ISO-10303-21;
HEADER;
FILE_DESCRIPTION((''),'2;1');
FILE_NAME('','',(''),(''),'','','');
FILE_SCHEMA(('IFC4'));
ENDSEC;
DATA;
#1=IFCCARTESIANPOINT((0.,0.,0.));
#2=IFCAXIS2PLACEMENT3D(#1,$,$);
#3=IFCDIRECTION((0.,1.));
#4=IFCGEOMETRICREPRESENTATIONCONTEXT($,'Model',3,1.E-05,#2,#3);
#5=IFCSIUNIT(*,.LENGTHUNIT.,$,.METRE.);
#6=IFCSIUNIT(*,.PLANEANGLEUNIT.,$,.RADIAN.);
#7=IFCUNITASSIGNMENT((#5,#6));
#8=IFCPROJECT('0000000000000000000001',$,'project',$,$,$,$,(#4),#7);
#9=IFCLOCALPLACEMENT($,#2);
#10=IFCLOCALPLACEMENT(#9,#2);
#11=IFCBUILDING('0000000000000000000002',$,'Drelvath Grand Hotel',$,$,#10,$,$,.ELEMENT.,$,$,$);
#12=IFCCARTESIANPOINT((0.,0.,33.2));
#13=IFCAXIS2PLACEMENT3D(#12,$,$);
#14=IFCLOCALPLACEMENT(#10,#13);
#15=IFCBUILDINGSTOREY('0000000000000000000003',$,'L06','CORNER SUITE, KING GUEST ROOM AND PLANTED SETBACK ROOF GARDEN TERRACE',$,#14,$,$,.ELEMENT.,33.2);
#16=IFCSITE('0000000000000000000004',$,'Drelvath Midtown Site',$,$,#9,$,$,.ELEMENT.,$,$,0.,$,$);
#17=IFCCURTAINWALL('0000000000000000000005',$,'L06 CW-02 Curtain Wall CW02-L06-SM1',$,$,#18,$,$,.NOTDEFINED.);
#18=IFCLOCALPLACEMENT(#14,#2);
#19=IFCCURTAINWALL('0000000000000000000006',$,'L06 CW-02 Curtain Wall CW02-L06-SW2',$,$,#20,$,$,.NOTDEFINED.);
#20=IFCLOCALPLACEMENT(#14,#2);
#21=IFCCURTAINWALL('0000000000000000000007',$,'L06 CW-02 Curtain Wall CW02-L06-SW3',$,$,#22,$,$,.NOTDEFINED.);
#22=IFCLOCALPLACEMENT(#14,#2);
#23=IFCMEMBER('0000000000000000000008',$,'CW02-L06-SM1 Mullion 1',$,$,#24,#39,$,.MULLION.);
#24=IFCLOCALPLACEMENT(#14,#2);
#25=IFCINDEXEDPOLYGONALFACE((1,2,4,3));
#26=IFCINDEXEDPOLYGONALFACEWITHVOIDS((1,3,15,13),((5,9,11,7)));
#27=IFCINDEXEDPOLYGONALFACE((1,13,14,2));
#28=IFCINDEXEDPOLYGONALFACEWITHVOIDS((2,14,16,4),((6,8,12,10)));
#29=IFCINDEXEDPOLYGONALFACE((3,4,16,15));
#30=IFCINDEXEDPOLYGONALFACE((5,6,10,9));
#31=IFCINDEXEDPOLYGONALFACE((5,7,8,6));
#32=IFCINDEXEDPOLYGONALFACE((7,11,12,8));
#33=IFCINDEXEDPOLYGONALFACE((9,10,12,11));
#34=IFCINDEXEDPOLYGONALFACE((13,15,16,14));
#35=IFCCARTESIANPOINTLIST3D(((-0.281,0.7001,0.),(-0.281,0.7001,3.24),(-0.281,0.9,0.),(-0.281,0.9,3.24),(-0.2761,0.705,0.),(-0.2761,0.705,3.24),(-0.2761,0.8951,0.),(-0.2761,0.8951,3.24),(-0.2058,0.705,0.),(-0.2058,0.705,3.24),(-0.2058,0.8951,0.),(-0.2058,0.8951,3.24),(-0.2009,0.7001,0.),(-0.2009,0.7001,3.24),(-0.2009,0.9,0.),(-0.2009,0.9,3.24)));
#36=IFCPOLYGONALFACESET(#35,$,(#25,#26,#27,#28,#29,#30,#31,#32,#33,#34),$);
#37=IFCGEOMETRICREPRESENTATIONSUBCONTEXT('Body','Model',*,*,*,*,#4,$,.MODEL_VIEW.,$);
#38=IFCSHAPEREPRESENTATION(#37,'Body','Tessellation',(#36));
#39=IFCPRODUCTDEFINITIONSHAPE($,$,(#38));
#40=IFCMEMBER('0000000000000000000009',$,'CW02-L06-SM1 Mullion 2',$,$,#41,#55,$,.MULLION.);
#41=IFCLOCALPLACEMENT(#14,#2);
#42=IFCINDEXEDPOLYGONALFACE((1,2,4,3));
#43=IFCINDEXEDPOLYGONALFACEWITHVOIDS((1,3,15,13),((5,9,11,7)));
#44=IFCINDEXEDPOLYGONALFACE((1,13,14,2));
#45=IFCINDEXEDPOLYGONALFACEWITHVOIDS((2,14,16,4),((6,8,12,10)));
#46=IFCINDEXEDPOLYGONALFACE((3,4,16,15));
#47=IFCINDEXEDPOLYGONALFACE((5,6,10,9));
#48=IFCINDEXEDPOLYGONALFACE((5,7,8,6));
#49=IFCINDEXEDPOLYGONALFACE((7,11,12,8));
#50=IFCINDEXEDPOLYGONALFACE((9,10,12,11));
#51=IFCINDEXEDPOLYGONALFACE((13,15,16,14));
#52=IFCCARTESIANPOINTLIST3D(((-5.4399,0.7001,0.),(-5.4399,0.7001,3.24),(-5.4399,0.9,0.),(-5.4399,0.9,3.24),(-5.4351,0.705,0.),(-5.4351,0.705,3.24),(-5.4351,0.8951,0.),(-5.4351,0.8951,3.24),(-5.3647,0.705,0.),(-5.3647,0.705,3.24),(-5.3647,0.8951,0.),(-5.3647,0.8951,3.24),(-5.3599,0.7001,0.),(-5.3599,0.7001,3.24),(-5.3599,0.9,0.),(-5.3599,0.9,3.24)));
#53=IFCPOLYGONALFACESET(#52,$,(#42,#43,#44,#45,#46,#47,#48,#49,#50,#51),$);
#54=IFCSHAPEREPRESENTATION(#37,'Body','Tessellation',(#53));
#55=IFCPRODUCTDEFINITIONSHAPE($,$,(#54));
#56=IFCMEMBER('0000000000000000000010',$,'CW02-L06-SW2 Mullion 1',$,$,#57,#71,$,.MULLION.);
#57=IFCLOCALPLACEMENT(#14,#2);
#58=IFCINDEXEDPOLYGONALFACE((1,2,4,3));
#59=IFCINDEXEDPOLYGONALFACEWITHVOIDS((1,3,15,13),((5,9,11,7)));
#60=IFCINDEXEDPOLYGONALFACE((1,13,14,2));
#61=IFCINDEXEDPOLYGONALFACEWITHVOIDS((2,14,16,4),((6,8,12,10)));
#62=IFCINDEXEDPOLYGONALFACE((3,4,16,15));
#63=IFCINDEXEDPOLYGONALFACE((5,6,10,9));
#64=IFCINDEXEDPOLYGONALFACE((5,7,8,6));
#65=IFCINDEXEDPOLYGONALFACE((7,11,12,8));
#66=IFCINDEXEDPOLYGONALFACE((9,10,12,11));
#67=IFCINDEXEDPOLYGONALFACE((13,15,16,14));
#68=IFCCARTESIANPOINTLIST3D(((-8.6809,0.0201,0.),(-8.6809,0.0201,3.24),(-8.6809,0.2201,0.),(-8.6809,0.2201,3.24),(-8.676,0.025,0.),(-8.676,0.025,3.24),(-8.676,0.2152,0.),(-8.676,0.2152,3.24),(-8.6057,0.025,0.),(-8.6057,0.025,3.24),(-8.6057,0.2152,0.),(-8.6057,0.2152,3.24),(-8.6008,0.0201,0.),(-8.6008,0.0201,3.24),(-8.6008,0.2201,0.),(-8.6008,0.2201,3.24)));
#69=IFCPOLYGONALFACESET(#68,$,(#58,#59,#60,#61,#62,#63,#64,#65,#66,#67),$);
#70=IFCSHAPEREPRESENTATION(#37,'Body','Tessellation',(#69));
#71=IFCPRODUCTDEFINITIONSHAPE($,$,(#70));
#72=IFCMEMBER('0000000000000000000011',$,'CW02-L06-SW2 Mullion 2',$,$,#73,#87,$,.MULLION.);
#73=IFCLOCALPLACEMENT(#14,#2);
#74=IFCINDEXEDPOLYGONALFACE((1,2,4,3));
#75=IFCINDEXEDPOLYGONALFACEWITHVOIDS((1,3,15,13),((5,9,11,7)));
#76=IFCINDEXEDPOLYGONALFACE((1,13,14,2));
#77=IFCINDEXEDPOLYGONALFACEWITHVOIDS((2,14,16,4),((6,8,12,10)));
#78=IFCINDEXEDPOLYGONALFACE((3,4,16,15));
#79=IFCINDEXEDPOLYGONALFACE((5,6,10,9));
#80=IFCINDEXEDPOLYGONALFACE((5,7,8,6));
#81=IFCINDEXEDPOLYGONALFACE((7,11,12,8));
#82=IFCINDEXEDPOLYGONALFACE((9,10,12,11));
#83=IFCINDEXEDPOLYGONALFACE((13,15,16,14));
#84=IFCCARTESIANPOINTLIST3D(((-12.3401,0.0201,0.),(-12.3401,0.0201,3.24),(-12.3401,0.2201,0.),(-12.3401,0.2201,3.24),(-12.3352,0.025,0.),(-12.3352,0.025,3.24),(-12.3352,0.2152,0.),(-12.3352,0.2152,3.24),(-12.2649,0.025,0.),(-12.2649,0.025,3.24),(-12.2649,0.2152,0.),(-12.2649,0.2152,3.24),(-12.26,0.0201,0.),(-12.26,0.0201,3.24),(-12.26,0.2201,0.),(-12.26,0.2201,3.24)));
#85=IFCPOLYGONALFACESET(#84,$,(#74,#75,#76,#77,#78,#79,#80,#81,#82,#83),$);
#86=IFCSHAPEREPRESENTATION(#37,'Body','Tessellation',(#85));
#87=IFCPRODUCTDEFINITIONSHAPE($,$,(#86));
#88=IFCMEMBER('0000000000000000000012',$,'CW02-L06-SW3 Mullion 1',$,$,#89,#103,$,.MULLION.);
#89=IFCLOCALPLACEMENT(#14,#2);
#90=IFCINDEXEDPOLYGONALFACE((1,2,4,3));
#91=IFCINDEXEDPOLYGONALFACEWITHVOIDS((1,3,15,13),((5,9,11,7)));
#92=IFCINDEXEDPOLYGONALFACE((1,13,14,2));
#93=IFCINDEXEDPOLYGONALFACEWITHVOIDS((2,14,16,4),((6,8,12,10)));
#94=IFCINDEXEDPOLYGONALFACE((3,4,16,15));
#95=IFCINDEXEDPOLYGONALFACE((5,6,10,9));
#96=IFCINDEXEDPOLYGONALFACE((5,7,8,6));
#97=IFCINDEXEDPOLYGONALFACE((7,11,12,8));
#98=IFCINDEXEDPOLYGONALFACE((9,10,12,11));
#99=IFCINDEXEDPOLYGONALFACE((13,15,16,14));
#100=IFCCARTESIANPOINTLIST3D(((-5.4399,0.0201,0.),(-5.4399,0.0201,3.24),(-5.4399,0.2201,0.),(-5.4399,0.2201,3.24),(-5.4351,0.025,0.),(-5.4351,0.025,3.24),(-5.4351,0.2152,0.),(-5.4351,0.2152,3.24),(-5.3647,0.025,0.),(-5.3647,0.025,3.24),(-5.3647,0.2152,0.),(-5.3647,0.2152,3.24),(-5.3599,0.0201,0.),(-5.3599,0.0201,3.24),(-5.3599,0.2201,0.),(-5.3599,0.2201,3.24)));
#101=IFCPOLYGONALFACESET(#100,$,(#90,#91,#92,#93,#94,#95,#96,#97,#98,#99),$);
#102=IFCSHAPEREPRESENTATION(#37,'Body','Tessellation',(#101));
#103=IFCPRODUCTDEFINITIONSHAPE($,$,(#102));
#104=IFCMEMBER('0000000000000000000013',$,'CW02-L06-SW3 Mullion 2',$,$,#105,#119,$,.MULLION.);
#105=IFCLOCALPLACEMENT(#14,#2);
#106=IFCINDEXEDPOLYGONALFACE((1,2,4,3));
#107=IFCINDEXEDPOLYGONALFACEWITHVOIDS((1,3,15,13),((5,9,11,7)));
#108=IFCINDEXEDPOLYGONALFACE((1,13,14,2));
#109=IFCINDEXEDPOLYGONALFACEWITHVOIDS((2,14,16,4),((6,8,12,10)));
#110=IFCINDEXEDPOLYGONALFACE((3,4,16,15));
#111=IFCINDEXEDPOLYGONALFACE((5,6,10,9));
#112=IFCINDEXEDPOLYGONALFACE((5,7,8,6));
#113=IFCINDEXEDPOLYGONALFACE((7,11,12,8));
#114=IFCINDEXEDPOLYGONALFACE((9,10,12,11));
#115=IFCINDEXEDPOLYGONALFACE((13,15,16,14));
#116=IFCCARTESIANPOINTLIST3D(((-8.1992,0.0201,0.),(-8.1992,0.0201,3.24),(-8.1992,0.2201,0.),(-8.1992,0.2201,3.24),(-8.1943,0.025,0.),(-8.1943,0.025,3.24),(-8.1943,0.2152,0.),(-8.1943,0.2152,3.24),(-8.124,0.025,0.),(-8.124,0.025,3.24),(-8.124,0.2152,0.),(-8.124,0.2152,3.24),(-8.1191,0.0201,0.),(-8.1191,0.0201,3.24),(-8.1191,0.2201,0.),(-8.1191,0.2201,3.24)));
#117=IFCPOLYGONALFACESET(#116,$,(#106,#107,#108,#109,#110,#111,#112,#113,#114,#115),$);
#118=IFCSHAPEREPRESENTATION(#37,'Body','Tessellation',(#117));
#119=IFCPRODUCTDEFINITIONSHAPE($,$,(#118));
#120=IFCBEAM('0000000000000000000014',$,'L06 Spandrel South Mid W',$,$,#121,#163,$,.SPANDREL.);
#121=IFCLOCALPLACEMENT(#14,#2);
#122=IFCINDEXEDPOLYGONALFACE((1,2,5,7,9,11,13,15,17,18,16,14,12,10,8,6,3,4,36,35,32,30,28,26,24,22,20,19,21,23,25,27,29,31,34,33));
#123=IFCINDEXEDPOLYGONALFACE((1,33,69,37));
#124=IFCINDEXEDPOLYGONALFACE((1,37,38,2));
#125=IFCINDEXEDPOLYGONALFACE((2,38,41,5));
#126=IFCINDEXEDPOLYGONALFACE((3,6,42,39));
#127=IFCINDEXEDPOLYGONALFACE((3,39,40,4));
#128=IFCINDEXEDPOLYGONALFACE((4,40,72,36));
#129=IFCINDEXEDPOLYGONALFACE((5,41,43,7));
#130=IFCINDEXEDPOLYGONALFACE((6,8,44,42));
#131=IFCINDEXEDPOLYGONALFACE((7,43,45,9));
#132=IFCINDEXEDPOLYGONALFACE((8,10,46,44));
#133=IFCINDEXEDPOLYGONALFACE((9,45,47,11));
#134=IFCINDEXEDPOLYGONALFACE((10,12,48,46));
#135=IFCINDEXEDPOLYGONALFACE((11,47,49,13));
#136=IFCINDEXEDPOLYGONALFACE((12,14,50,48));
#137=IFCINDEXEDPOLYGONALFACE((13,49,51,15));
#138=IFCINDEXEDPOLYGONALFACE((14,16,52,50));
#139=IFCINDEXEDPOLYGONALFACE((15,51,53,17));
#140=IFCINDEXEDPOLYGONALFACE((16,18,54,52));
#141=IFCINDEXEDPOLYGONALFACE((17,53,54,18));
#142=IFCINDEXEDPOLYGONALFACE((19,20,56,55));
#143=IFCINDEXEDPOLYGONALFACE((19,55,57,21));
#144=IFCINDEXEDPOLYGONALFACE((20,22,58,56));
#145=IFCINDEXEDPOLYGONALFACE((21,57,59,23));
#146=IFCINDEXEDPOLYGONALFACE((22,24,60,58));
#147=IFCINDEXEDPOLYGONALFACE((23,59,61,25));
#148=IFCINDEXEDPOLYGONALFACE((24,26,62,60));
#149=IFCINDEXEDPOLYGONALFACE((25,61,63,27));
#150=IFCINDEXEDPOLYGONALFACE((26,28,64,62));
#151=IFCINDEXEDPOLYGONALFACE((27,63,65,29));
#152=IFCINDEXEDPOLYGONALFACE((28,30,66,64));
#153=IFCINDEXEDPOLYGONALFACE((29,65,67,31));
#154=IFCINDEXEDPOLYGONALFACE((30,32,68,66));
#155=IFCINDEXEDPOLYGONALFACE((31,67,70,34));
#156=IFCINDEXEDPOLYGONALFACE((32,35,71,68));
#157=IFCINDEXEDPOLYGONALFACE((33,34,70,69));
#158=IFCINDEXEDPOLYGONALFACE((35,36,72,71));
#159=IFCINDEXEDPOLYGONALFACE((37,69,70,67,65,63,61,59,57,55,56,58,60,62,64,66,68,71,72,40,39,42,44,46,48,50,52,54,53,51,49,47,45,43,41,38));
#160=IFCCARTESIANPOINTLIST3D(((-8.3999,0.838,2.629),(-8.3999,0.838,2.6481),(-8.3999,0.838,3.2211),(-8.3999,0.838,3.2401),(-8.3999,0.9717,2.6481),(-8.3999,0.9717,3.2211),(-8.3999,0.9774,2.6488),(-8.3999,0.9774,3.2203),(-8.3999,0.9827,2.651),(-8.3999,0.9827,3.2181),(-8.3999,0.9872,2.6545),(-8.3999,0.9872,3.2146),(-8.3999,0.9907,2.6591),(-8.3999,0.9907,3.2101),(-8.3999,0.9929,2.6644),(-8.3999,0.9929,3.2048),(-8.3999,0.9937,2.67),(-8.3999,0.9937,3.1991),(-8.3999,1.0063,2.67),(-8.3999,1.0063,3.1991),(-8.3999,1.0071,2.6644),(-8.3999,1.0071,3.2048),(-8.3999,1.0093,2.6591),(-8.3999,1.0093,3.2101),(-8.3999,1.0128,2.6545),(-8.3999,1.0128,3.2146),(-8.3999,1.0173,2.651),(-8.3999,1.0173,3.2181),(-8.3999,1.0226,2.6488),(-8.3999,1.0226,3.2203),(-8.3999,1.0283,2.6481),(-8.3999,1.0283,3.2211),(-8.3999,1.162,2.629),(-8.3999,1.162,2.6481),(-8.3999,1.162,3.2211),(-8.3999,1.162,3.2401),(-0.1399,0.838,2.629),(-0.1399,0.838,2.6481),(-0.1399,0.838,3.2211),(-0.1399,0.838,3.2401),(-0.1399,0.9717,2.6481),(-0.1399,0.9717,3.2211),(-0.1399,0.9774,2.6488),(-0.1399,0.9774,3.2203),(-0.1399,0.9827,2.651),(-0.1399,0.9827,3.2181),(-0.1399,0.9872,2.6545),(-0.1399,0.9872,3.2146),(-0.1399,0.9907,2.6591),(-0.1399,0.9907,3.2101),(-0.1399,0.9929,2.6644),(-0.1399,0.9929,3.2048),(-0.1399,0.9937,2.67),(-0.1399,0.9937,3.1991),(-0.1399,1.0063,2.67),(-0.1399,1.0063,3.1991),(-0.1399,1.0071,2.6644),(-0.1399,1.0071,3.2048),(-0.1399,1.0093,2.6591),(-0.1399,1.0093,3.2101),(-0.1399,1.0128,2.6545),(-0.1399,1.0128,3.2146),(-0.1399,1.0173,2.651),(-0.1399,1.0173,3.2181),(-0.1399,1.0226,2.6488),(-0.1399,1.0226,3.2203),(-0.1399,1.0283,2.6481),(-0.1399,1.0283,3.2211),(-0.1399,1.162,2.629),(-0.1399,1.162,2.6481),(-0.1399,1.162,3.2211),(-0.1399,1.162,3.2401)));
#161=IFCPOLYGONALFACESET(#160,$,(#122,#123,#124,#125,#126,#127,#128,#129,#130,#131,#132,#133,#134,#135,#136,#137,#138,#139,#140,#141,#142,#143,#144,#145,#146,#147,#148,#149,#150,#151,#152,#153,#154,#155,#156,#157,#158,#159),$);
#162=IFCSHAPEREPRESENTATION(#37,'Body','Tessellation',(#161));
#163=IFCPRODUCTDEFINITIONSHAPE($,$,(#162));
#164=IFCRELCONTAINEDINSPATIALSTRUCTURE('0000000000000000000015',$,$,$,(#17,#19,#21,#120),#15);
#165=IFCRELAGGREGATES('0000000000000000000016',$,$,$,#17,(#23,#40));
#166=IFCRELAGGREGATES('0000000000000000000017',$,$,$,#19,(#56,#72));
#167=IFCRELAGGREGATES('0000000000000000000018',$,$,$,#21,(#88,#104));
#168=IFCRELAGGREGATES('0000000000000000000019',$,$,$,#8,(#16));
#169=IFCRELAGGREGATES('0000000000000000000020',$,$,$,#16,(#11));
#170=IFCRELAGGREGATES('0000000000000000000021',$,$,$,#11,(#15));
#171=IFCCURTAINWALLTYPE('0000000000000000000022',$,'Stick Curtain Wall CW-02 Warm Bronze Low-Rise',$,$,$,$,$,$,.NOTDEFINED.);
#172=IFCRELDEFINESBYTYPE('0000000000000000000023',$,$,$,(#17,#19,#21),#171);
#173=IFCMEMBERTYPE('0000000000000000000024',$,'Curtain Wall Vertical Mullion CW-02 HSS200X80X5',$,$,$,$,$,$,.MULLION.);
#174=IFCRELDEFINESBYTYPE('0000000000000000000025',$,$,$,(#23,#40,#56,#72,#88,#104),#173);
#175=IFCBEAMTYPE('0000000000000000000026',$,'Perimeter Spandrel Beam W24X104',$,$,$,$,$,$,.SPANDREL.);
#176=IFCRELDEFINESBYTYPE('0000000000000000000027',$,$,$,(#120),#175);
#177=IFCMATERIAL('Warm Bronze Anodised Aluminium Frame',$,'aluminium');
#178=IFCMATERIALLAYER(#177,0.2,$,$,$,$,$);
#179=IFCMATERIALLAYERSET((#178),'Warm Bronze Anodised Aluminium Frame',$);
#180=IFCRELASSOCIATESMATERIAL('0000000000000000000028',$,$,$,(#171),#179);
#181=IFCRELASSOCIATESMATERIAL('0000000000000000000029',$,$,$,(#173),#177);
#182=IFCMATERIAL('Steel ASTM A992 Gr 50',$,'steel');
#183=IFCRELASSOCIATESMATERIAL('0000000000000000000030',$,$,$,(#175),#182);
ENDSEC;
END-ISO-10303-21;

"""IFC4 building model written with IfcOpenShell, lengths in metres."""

from ifc_helpers import new_model, si_unit, direction, frame, origin, origin_2d, place, context, subcontext, project, spatial, hollow_rectangle, i_section, extrude, material, layer, layer_set, material_profile, profile_set, type_object, element, aggregate, save


model = new_model("IFC4")

# Units and contexts
model_context = context("Model", 3, precision=1e-05, world=origin(), true_north=direction((0.0, 1.0)))
body_context = subcontext(model_context, "Body", "Model", "MODEL_VIEW")
ifc_project = project(units=[si_unit("LENGTHUNIT", "METRE"), si_unit("PLANEANGLEUNIT", "RADIAN")], contexts=[model_context])

# Site, building, storey
site_placement = place(None, origin())
site = spatial("IfcSite", under=ifc_project, at=site_placement, Name="Drelvath Midtown Site", CompositionType="ELEMENT", RefElevation=0.0)
building_placement = place(site_placement, origin())
building = spatial("IfcBuilding", under=site, at=building_placement, Name="Drelvath Grand Hotel", CompositionType="ELEMENT")
storey_placement = place(building_placement, frame((0.0, 0.0, 33.2)))
storey = spatial("IfcBuildingStorey", under=building, at=storey_placement, Name="L06", Description="CORNER SUITE, KING GUEST ROOM AND PLANTED SETBACK ROOF GARDEN TERRACE", CompositionType="ELEMENT", Elevation=33.2)

# Shared definitions
ifc_material_1 = material(Name="Steel ASTM A992 Gr 50", Category="steel")

# Curtain walls
ifc_material_2 = material(Name="Warm Bronze Anodised Aluminium Frame", Category="aluminium")
ifc_layer_1 = layer(ifc_material_2, 0.2)
ifc_layer_set_1 = layer_set([ifc_layer_1], Name="Warm Bronze Anodised Aluminium Frame")
curtain_wall_type = type_object("IfcCurtainWallType", Name="Stick Curtain Wall CW-02 Warm Bronze Low-Rise", PredefinedType="NOTDEFINED", material=ifc_layer_set_1)
curtain_wall_1_placement = place(storey_placement, origin())
curtain_wall_1 = element("IfcCurtainWall", 1, at=curtain_wall_1_placement, inside=storey, type_object=curtain_wall_type, Name="L06 CW-02 Curtain Wall CW02-L06-SM1", PredefinedType="NOTDEFINED")
curtain_wall_2_placement = place(storey_placement, origin())
curtain_wall_2 = element("IfcCurtainWall", 2, at=curtain_wall_2_placement, inside=storey, type_object=curtain_wall_type, Name="L06 CW-02 Curtain Wall CW02-L06-SW2", PredefinedType="NOTDEFINED")
curtain_wall_3_placement = place(storey_placement, origin())
curtain_wall_3 = element("IfcCurtainWall", 3, at=curtain_wall_3_placement, inside=storey, type_object=curtain_wall_type, Name="L06 CW-02 Curtain Wall CW02-L06-SW3", PredefinedType="NOTDEFINED")

# Members
ifc_material_profile_1 = material_profile(ifc_material_2, hollow_rectangle(XDim=0.0801, YDim=0.2, WallThickness=0.0049, at=origin_2d()), Name="HSS200X80X5")
ifc_profile_set_1 = profile_set([ifc_material_profile_1], Name="Warm Bronze Anodised Aluminium Frame")
member_type_1 = type_object("IfcMemberType", Name="Curtain Wall Vertical Mullion CW-02 HSS200X80X5", PredefinedType="MULLION", material=ifc_profile_set_1)
member_1_placement = place(storey_placement, frame((-0.241, 0.8, 0.0), z_axis=(0.0, 0.0, 1.0), x_axis=(1.0, 0.0, 0.0)))
member_1 = element("IfcMember", 4, at=member_1_placement, type_object=member_type_1, Name="CW02-L06-SM1 Mullion 1", PredefinedType="MULLION", context=body_context, shape_type="SweptSolid", body=[
    extrude(hollow_rectangle(XDim=0.0801, YDim=0.2, WallThickness=0.0049, at=origin_2d()), origin(), (0.0, 0.0, 1.0), 3.24),
])
member_2_placement = place(storey_placement, frame((-5.3999, 0.8, 0.0), z_axis=(0.0, 0.0, 1.0), x_axis=(1.0, 0.0, 0.0)))
member_2 = element("IfcMember", 5, at=member_2_placement, type_object=member_type_1, Name="CW02-L06-SM1 Mullion 2", PredefinedType="MULLION", context=body_context, shape_type="SweptSolid", body=[
    extrude(hollow_rectangle(XDim=0.0801, YDim=0.2, WallThickness=0.0049, at=origin_2d()), origin(), (0.0, 0.0, 1.0), 3.24),
])
member_3_placement = place(storey_placement, frame((-8.6409, 0.1201, 0.0), z_axis=(0.0, 0.0, 1.0), x_axis=(1.0, 0.0, 0.0)))
member_3 = element("IfcMember", 6, at=member_3_placement, type_object=member_type_1, Name="CW02-L06-SW2 Mullion 1", PredefinedType="MULLION", context=body_context, shape_type="SweptSolid", body=[
    extrude(hollow_rectangle(XDim=0.0801, YDim=0.2, WallThickness=0.0049, at=origin_2d()), origin(), (0.0, 0.0, 1.0), 3.24),
])
member_4_placement = place(storey_placement, frame((-12.3, 0.1201, 0.0), z_axis=(0.0, 0.0, 1.0), x_axis=(1.0, 0.0, 0.0)))
member_4 = element("IfcMember", 7, at=member_4_placement, type_object=member_type_1, Name="CW02-L06-SW2 Mullion 2", PredefinedType="MULLION", context=body_context, shape_type="SweptSolid", body=[
    extrude(hollow_rectangle(XDim=0.0801, YDim=0.2, WallThickness=0.0049, at=origin_2d()), origin(), (0.0, 0.0, 1.0), 3.24),
])
member_5_placement = place(storey_placement, frame((-5.3999, 0.1201, 0.0), z_axis=(0.0, 0.0, 1.0), x_axis=(1.0, 0.0, 0.0)))
member_5 = element("IfcMember", 8, at=member_5_placement, type_object=member_type_1, Name="CW02-L06-SW3 Mullion 1", PredefinedType="MULLION", context=body_context, shape_type="SweptSolid", body=[
    extrude(hollow_rectangle(XDim=0.0801, YDim=0.2, WallThickness=0.0049, at=origin_2d()), origin(), (0.0, 0.0, 1.0), 3.24),
])
member_6_placement = place(storey_placement, frame((-8.1592, 0.1201, 0.0), z_axis=(0.0, 0.0, 1.0), x_axis=(1.0, 0.0, 0.0)))
member_6 = element("IfcMember", 9, at=member_6_placement, type_object=member_type_1, Name="CW02-L06-SW3 Mullion 2", PredefinedType="MULLION", context=body_context, shape_type="SweptSolid", body=[
    extrude(hollow_rectangle(XDim=0.0801, YDim=0.2, WallThickness=0.0049, at=origin_2d()), origin(), (0.0, 0.0, 1.0), 3.24),
])

# Beam
ifc_material_profile_2 = material_profile(ifc_material_1, i_section(OverallWidth=0.324, OverallDepth=0.6111, WebThickness=0.0127, FlangeThickness=0.019, FilletRadius=0.022, at=origin_2d()), Name="W24X104")
ifc_profile_set_2 = profile_set([ifc_material_profile_2], Name="Steel ASTM A992 Gr 50")
beam_type_1 = type_object("IfcBeamType", Name="Perimeter Spandrel Beam W24X104", PredefinedType="SPANDREL", material=ifc_profile_set_2)
beam_1_placement = place(storey_placement, frame((-8.3999, 1.0, 2.9346), z_axis=(1.0, 0.0, 0.0), x_axis=(0.0, 1.0, 0.0)))
element("IfcBeam", 10, at=beam_1_placement, inside=storey, type_object=beam_type_1, Name="L06 Spandrel South Mid W", PredefinedType="SPANDREL", context=body_context, shape_type="SweptSolid", body=[
    extrude(i_section(OverallWidth=0.324, OverallDepth=0.6111, WebThickness=0.0127, FlangeThickness=0.019, FilletRadius=0.022, at=origin_2d()), origin(), (0.0, 0.0, 1.0), 8.26),
])

aggregate(curtain_wall_1, [member_1, member_2])
aggregate(curtain_wall_2, [member_3, member_4])
aggregate(curtain_wall_3, [member_5, member_6])

save(model, "model.ifc")
